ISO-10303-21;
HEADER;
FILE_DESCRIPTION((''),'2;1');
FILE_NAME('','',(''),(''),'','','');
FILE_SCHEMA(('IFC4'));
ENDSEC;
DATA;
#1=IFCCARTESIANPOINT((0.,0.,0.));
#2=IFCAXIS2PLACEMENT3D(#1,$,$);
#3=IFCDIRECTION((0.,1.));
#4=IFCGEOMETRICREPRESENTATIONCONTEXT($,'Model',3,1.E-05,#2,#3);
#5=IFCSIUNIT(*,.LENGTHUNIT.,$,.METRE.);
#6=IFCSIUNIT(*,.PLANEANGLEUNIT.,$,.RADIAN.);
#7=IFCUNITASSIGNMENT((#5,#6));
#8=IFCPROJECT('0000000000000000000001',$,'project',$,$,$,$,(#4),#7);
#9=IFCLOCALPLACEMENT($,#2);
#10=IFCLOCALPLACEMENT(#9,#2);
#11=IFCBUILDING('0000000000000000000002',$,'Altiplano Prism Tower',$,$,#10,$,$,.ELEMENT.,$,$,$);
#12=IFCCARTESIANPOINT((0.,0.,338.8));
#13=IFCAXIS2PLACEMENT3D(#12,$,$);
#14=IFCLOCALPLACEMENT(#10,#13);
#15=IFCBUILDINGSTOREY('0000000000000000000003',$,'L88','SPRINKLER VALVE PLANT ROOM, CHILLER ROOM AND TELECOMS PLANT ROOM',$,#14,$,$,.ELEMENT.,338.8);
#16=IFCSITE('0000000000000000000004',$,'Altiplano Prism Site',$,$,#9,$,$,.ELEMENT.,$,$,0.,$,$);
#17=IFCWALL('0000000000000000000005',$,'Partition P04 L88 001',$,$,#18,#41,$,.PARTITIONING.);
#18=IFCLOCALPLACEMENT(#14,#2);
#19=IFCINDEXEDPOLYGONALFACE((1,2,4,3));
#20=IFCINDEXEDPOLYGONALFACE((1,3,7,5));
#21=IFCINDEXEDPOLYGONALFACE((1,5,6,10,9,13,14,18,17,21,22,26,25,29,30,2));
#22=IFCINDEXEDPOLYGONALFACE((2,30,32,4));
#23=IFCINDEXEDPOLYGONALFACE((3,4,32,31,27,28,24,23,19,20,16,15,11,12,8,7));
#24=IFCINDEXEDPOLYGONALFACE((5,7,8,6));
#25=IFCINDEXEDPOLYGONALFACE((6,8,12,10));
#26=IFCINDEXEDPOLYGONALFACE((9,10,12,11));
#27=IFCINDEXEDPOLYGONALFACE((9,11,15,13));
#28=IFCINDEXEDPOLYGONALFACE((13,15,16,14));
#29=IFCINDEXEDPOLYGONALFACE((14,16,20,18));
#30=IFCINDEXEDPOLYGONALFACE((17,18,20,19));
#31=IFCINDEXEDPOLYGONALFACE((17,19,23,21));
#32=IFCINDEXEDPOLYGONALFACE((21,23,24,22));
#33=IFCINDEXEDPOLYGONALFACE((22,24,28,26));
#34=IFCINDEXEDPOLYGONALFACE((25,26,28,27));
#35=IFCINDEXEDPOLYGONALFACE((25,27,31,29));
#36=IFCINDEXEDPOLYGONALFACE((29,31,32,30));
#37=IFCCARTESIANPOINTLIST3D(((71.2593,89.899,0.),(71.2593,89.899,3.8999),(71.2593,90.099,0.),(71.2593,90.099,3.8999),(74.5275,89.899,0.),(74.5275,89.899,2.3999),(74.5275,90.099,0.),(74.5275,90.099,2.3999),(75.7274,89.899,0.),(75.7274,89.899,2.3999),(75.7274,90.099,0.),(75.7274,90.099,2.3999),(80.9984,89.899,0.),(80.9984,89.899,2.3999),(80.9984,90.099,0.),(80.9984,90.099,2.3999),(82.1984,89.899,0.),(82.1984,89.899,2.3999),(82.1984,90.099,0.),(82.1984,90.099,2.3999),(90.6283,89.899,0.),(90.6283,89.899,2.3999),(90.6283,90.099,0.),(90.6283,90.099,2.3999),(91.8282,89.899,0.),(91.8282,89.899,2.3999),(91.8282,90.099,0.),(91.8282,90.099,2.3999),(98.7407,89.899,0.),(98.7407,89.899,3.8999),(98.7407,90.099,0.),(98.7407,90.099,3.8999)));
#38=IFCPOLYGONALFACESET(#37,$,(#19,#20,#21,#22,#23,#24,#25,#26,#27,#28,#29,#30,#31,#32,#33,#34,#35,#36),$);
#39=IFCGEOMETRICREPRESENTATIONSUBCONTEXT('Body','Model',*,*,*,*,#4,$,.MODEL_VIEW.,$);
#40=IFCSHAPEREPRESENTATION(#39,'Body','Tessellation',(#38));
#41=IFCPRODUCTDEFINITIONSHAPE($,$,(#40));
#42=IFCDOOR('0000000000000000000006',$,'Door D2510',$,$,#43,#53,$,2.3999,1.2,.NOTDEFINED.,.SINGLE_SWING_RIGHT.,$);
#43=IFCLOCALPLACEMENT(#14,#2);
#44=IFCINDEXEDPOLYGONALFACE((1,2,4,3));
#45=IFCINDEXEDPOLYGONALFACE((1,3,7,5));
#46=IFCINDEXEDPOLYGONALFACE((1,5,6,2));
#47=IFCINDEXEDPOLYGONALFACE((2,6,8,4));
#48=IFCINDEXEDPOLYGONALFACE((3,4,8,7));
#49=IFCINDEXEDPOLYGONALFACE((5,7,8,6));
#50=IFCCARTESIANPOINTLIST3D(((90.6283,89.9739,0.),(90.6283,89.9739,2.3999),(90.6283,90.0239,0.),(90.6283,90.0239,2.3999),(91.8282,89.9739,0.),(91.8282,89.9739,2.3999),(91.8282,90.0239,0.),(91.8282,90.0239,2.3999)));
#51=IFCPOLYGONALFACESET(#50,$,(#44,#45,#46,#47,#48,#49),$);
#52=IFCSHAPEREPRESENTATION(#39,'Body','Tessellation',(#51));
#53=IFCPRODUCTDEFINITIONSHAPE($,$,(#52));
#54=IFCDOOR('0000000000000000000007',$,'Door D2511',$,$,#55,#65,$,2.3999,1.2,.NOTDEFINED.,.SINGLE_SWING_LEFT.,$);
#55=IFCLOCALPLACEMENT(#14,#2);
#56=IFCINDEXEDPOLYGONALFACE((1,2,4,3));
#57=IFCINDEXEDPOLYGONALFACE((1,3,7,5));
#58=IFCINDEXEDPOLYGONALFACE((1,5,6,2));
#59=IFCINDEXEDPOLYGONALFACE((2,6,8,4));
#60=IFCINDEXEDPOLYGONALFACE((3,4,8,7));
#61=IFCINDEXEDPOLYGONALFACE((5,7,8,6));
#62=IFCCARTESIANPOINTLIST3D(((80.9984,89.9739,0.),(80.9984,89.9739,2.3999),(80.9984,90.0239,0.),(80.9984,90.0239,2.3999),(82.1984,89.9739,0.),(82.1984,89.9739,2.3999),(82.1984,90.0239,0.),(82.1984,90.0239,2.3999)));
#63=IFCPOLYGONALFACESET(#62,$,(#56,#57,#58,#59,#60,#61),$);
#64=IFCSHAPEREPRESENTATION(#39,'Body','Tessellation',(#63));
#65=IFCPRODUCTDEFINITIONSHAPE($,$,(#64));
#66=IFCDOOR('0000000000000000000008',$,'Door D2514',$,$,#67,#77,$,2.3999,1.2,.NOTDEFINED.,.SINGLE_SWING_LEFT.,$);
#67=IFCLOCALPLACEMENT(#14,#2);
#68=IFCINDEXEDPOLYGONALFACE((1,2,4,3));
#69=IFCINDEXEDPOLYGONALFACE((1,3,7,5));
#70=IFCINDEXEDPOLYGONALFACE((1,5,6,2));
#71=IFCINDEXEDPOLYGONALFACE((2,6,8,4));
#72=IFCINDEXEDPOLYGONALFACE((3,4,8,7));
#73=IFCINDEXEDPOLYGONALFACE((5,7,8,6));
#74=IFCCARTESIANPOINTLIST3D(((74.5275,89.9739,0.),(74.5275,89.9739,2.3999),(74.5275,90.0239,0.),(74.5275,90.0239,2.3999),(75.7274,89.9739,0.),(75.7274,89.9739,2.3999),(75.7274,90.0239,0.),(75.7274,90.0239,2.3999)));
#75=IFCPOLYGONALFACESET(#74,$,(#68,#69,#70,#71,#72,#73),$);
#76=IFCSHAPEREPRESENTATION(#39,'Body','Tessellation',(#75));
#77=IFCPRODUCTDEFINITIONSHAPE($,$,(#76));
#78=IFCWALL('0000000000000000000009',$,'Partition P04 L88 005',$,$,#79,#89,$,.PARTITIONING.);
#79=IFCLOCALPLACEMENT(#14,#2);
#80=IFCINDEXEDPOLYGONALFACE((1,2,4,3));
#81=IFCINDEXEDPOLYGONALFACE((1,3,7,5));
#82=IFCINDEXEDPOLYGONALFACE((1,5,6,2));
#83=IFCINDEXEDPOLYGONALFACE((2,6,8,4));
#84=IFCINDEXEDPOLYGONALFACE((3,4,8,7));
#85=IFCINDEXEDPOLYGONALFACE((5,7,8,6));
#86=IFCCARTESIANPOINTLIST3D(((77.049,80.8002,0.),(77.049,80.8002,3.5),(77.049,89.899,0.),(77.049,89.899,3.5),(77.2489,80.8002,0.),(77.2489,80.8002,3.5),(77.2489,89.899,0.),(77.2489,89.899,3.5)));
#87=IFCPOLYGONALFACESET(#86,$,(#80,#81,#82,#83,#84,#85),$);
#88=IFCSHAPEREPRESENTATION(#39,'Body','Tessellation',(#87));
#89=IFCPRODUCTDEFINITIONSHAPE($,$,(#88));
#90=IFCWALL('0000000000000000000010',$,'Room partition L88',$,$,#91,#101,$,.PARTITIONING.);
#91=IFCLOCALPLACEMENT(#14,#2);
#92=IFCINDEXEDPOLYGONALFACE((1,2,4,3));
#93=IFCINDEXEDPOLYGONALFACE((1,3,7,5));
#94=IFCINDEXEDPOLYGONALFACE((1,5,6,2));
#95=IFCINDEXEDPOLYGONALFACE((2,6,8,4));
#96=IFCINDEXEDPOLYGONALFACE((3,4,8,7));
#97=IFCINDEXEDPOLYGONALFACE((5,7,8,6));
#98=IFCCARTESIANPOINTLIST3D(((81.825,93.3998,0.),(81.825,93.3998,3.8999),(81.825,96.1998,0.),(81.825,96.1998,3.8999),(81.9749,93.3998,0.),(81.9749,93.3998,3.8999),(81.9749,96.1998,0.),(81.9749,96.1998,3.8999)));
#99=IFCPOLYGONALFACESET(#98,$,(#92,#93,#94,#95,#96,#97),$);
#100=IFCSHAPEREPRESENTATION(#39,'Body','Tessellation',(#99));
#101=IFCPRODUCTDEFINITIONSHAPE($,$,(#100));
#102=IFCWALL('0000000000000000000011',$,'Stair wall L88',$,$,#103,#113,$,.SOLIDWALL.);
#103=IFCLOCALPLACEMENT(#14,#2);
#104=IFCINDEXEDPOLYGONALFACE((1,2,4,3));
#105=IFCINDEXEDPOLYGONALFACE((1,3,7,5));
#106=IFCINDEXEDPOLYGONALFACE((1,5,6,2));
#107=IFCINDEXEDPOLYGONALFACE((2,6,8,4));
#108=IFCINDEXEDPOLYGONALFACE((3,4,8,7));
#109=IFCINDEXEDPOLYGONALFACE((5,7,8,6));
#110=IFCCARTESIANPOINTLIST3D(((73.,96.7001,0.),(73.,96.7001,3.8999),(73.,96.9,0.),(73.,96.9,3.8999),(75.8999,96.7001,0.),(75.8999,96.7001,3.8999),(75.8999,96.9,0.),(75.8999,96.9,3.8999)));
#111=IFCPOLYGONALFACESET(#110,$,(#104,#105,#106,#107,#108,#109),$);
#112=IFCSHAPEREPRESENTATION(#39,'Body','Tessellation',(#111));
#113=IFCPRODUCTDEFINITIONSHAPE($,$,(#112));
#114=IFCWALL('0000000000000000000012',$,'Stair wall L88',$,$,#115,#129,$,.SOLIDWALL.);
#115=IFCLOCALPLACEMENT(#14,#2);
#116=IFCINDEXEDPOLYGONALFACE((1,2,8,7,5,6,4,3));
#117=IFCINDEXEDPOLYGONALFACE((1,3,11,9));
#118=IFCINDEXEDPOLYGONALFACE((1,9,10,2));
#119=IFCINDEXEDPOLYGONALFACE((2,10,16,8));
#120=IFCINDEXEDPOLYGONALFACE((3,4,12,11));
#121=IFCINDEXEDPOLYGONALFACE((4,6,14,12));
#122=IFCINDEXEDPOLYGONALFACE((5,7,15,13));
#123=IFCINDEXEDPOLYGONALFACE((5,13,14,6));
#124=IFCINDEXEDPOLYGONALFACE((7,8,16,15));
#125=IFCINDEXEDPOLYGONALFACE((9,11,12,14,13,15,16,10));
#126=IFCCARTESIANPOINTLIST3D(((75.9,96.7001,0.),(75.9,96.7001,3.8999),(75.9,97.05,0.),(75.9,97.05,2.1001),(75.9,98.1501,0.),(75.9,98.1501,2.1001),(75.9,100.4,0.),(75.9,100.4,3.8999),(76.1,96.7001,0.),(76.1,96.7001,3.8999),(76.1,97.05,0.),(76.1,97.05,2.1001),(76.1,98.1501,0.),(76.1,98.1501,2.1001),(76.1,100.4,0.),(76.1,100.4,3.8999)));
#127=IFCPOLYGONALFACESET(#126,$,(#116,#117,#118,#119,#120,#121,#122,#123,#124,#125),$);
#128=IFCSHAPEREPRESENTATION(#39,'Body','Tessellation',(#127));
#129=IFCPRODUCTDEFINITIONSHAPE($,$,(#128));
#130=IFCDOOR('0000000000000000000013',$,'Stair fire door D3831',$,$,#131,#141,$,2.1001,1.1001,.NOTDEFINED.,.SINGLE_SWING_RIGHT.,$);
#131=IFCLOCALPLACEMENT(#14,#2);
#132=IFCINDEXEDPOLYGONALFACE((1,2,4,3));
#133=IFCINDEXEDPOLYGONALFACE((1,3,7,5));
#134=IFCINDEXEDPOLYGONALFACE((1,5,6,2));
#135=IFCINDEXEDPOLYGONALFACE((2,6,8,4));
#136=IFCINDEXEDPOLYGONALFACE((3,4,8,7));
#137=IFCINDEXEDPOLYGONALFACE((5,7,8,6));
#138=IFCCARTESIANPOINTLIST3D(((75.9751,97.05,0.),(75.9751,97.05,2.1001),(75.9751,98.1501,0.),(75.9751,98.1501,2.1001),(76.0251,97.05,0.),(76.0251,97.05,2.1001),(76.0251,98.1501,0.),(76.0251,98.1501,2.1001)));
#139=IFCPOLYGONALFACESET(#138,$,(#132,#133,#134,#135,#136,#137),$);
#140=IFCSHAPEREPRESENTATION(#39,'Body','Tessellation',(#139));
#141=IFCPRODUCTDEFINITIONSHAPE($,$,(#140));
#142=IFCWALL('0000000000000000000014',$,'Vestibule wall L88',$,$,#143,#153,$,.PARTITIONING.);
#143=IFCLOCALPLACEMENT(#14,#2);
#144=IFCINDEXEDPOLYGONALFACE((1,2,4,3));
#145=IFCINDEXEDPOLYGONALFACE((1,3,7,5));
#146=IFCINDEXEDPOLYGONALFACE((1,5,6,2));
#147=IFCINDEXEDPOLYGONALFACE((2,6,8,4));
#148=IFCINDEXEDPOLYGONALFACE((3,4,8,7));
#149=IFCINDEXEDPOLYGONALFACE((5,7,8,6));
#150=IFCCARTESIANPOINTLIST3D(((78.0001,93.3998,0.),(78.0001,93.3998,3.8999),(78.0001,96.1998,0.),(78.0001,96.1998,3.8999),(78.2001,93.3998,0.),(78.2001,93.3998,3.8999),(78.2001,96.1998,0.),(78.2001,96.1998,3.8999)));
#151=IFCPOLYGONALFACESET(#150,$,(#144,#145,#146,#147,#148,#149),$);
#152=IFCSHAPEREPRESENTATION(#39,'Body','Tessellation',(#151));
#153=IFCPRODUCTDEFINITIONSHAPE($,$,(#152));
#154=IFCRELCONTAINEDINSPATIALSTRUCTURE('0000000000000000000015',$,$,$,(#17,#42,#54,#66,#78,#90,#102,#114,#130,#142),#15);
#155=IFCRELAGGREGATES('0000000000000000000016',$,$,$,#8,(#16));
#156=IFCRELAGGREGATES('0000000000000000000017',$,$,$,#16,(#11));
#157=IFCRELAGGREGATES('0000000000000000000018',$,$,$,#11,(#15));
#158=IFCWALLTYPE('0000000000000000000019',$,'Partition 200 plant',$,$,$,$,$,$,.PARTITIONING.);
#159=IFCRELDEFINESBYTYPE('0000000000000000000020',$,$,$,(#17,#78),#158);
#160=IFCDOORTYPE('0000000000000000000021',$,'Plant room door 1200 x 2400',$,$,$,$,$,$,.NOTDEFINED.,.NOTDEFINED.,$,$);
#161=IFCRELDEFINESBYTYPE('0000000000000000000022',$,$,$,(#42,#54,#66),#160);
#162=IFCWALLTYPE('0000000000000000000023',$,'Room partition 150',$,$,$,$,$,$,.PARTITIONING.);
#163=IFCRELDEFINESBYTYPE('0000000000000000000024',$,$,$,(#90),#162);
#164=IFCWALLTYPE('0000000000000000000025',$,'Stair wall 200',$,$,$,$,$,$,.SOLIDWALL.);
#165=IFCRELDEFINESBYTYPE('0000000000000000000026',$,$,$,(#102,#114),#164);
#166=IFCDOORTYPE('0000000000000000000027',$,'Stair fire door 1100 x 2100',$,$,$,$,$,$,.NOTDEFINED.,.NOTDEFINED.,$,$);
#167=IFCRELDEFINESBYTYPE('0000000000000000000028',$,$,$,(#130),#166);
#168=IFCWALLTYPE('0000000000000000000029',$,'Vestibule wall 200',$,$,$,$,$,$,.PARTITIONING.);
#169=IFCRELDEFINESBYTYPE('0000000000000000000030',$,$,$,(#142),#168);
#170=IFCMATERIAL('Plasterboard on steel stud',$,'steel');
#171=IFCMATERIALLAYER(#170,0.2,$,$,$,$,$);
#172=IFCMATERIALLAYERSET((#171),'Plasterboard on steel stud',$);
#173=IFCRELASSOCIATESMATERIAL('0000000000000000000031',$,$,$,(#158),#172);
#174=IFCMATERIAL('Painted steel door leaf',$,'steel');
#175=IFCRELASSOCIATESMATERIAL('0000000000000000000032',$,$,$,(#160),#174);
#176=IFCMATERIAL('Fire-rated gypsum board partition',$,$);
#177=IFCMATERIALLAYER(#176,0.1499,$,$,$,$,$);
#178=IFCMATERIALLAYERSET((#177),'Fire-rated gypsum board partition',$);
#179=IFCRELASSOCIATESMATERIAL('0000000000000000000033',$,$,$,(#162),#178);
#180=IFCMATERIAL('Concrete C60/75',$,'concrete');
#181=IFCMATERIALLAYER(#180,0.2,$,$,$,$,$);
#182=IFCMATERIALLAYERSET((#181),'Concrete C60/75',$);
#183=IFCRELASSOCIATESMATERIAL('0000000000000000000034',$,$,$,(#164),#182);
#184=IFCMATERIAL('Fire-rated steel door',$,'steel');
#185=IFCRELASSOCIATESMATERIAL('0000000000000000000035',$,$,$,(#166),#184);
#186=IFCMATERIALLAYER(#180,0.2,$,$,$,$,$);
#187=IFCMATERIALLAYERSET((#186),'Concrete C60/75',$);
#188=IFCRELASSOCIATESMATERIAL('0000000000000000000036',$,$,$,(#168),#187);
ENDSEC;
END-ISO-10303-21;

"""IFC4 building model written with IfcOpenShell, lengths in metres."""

from ifc_helpers import new_model, si_unit, direction, frame, frame_2d, origin, place, context, subcontext, project, spatial, rectangle, extrude, material, layer, layer_set, type_object, element, fill, save


model = new_model("IFC4")

# Units and contexts
model_context = context("Model", 3, precision=1e-05, world=origin(), true_north=direction((0.0, 1.0)))
body_context = subcontext(model_context, "Body", "Model", "MODEL_VIEW")
ifc_project = project(units=[si_unit("LENGTHUNIT", "METRE"), si_unit("PLANEANGLEUNIT", "RADIAN")], contexts=[model_context])

# Site, building, storey
site_placement = place(None, origin())
site = spatial("IfcSite", under=ifc_project, at=site_placement, Name="Altiplano Prism Site", CompositionType="ELEMENT", RefElevation=0.0)
building_placement = place(site_placement, origin())
building = spatial("IfcBuilding", under=site, at=building_placement, Name="Altiplano Prism Tower", CompositionType="ELEMENT")
storey_placement = place(building_placement, frame((0.0, 0.0, 338.8)))
storey = spatial("IfcBuildingStorey", under=building, at=storey_placement, Name="L88", Description="SPRINKLER VALVE PLANT ROOM, CHILLER ROOM AND TELECOMS PLANT ROOM", CompositionType="ELEMENT", Elevation=338.8)

# Shared definitions
ifc_material_1 = material(Name="Concrete C60/75", Category="concrete")

# Wall, openings, doors
ifc_material_2 = material(Name="Fire-rated steel door", Category="steel")
ifc_material_3 = material(Name="Plasterboard on steel stud", Category="steel")
ifc_layer_1 = layer(ifc_material_3, 0.2)
ifc_layer_set_1 = layer_set([ifc_layer_1], Name="Plasterboard on steel stud")
wall_type_1 = type_object("IfcWallType", Name="Partition 200 plant", PredefinedType="PARTITIONING", material=ifc_layer_set_1)
wall_1_placement = place(storey_placement, frame((71.2593, 89.999, 0.0), z_axis=(0.0, 0.0, 1.0), x_axis=(1.0, 0.0, 0.0)))
wall_1 = element("IfcWall", 1, at=wall_1_placement, inside=storey, type_object=wall_type_1, Name="Partition P04 L88 001", PredefinedType="PARTITIONING", context=body_context, shape_type="SweptSolid", body=[
    extrude(rectangle(XDim=27.4814, YDim=0.2, at=frame_2d((13.7407, 0.0))), origin(), (0.0, 0.0, 1.0), 3.8999),
])
opening_1_placement = place(wall_1_placement, frame((19.3689, 0.0, 0.0)))
opening_1 = element("IfcOpeningElement", 2, at=opening_1_placement, cuts=wall_1, PredefinedType="OPENING", context=body_context, shape_type="SweptSolid", body=[
    extrude(rectangle(XDim=1.2, YDim=2.3999, at=frame_2d((0.6001, 1.2))), frame((0.0, 0.1104, 0.0), z_axis=(0.0, -1.0, 0.0), x_axis=(1.0, 0.0, 0.0)), (0.0, 0.0, 1.0), 0.2209),
])
opening_2_placement = place(wall_1_placement, frame((9.739, 0.0, 0.0)))
opening_2 = element("IfcOpeningElement", 3, at=opening_2_placement, cuts=wall_1, PredefinedType="OPENING", context=body_context, shape_type="SweptSolid", body=[
    extrude(rectangle(XDim=1.2, YDim=2.3999, at=frame_2d((0.6001, 1.2))), frame((0.0, 0.1104, 0.0), z_axis=(0.0, -1.0, 0.0), x_axis=(1.0, 0.0, 0.0)), (0.0, 0.0, 1.0), 0.2209),
])
opening_3_placement = place(wall_1_placement, frame((3.2681, 0.0, 0.0)))
opening_3 = element("IfcOpeningElement", 4, at=opening_3_placement, cuts=wall_1, PredefinedType="OPENING", context=body_context, shape_type="SweptSolid", body=[
    extrude(rectangle(XDim=1.2, YDim=2.3999, at=frame_2d((0.6001, 1.2))), frame((0.0, 0.1104, 0.0), z_axis=(0.0, -1.0, 0.0), x_axis=(1.0, 0.0, 0.0)), (0.0, 0.0, 1.0), 0.2209),
])
ifc_material_4 = material(Name="Painted steel door leaf", Category="steel")
door_type_1 = type_object("IfcDoorType", Name="Plant room door 1200 x 2400", OperationType="NOTDEFINED", PredefinedType="NOTDEFINED", material=ifc_material_4)
door_1_placement = place(opening_1_placement, origin())
door_1 = element("IfcDoor", 5, at=door_1_placement, inside=storey, type_object=door_type_1, Name="Door D2510", OperationType="SINGLE_SWING_RIGHT", OverallHeight=2.3999, OverallWidth=1.2, PredefinedType="NOTDEFINED", context=body_context, shape_type="SweptSolid", body=[
    extrude(rectangle(XDim=1.2, YDim=2.3999, at=frame_2d((0.6001, 1.2))), frame((0.0, 0.0249, 0.0), z_axis=(0.0, -1.0, 0.0), x_axis=(1.0, 0.0, 0.0)), (0.0, 0.0, 1.0), 0.05),
])
fill(opening_1, door_1)
door_2_placement = place(opening_2_placement, origin())
door_2 = element("IfcDoor", 6, at=door_2_placement, inside=storey, type_object=door_type_1, Name="Door D2511", OperationType="SINGLE_SWING_LEFT", OverallHeight=2.3999, OverallWidth=1.2, PredefinedType="NOTDEFINED", context=body_context, shape_type="SweptSolid", body=[
    extrude(rectangle(XDim=1.2, YDim=2.3999, at=frame_2d((0.6001, 1.2))), frame((0.0, 0.0249, 0.0), z_axis=(0.0, -1.0, 0.0), x_axis=(1.0, 0.0, 0.0)), (0.0, 0.0, 1.0), 0.05),
])
fill(opening_2, door_2)
door_3_placement = place(opening_3_placement, origin())
door_3 = element("IfcDoor", 7, at=door_3_placement, inside=storey, type_object=door_type_1, Name="Door D2514", OperationType="SINGLE_SWING_LEFT", OverallHeight=2.3999, OverallWidth=1.2, PredefinedType="NOTDEFINED", context=body_context, shape_type="SweptSolid", body=[
    extrude(rectangle(XDim=1.2, YDim=2.3999, at=frame_2d((0.6001, 1.2))), frame((0.0, 0.0249, 0.0), z_axis=(0.0, -1.0, 0.0), x_axis=(1.0, 0.0, 0.0)), (0.0, 0.0, 1.0), 0.05),
])
fill(opening_3, door_3)

# Walls
wall_2_placement = place(storey_placement, frame((77.1489, 89.8989, 0.0), z_axis=(0.0, 0.0, 1.0), x_axis=(0.0, -1.0, 0.0)))
element("IfcWall", 8, at=wall_2_placement, inside=storey, type_object=wall_type_1, Name="Partition P04 L88 005", PredefinedType="PARTITIONING", context=body_context, shape_type="SweptSolid", body=[
    extrude(rectangle(XDim=9.0989, YDim=0.2, at=frame_2d((4.5493, 0.0))), origin(), (0.0, 0.0, 1.0), 3.5),
])
ifc_material_5 = material(Name="Fire-rated gypsum board partition")
ifc_layer_2 = layer(ifc_material_5, 0.1499)
ifc_layer_set_2 = layer_set([ifc_layer_2], Name="Fire-rated gypsum board partition")
wall_type_2 = type_object("IfcWallType", Name="Room partition 150", PredefinedType="PARTITIONING", material=ifc_layer_set_2)
wall_3_placement = place(storey_placement, frame((81.8999, 93.3999, 0.0), z_axis=(0.0, 0.0, 1.0), x_axis=(0.0, 1.0, 0.0)))
element("IfcWall", 9, at=wall_3_placement, inside=storey, type_object=wall_type_2, Name="Room partition L88", PredefinedType="PARTITIONING", context=body_context, shape_type="SweptSolid", body=[
    extrude(rectangle(XDim=2.8, YDim=0.1499, at=frame_2d((1.3999, 0.0))), origin(), (0.0, 0.0, 1.0), 3.8999),
])
ifc_layer_3 = layer(ifc_material_1, 0.2)
ifc_layer_set_3 = layer_set([ifc_layer_3], Name="Concrete C60/75")
wall_type_3 = type_object("IfcWallType", Name="Stair wall 200", PredefinedType="SOLIDWALL", material=ifc_layer_set_3)
wall_4_placement = place(storey_placement, frame((73.0, 96.8, 0.0), z_axis=(0.0, 0.0, 1.0), x_axis=(1.0, 0.0, 0.0)))
element("IfcWall", 10, at=wall_4_placement, inside=storey, type_object=wall_type_3, Name="Stair wall L88", PredefinedType="SOLIDWALL", context=body_context, shape_type="SweptSolid", body=[
    extrude(rectangle(XDim=2.8999, YDim=0.2, at=frame_2d((1.45, 0.0))), origin(), (0.0, 0.0, 1.0), 3.8999),
])

# Wall, opening, door
wall_5_placement = place(storey_placement, frame((76.0, 96.7, 0.0), z_axis=(0.0, 0.0, 1.0), x_axis=(0.0, 1.0, 0.0)))
wall_5 = element("IfcWall", 11, at=wall_5_placement, inside=storey, type_object=wall_type_3, Name="Stair wall L88", PredefinedType="SOLIDWALL", context=body_context, shape_type="SweptSolid", body=[
    extrude(rectangle(XDim=3.7, YDim=0.2, at=frame_2d((1.8501, 0.0))), origin(), (0.0, 0.0, 1.0), 3.8999),
])
opening_4_placement = place(wall_5_placement, frame((0.3501, 0.0, 0.0)))
opening_4 = element("IfcOpeningElement", 12, at=opening_4_placement, cuts=wall_5, PredefinedType="OPENING", context=body_context, shape_type="SweptSolid", body=[
    extrude(rectangle(XDim=1.1001, YDim=2.1001, at=frame_2d((0.55, 1.05))), frame((0.0, 0.1104, 0.0), z_axis=(0.0, -1.0, 0.0), x_axis=(1.0, 0.0, 0.0)), (0.0, 0.0, 1.0), 0.2209),
])
door_type_2 = type_object("IfcDoorType", Name="Stair fire door 1100 x 2100", OperationType="NOTDEFINED", PredefinedType="NOTDEFINED", material=ifc_material_2)
door_4_placement = place(opening_4_placement, origin())
door_4 = element("IfcDoor", 13, at=door_4_placement, inside=storey, type_object=door_type_2, Name="Stair fire door D3831", OperationType="SINGLE_SWING_RIGHT", OverallHeight=2.1001, OverallWidth=1.1001, PredefinedType="NOTDEFINED", context=body_context, shape_type="SweptSolid", body=[
    extrude(rectangle(XDim=1.1001, YDim=2.1001, at=frame_2d((0.55, 1.05))), frame((0.0, 0.0249, 0.0), z_axis=(0.0, -1.0, 0.0), x_axis=(1.0, 0.0, 0.0)), (0.0, 0.0, 1.0), 0.05),
])
fill(opening_4, door_4)

# Wall
ifc_layer_4 = layer(ifc_material_1, 0.2)
ifc_layer_set_4 = layer_set([ifc_layer_4], Name="Concrete C60/75")
wall_type_4 = type_object("IfcWallType", Name="Vestibule wall 200", PredefinedType="PARTITIONING", material=ifc_layer_set_4)
wall_6_placement = place(storey_placement, frame((78.1001, 93.3999, 0.0), z_axis=(0.0, 0.0, 1.0), x_axis=(0.0, 1.0, 0.0)))
element("IfcWall", 14, at=wall_6_placement, inside=storey, type_object=wall_type_4, Name="Vestibule wall L88", PredefinedType="PARTITIONING", context=body_context, shape_type="SweptSolid", body=[
    extrude(rectangle(XDim=2.8, YDim=0.2, at=frame_2d((1.3999, 0.0))), origin(), (0.0, 0.0, 1.0), 3.8999),
])

save(model, "model.ifc")
